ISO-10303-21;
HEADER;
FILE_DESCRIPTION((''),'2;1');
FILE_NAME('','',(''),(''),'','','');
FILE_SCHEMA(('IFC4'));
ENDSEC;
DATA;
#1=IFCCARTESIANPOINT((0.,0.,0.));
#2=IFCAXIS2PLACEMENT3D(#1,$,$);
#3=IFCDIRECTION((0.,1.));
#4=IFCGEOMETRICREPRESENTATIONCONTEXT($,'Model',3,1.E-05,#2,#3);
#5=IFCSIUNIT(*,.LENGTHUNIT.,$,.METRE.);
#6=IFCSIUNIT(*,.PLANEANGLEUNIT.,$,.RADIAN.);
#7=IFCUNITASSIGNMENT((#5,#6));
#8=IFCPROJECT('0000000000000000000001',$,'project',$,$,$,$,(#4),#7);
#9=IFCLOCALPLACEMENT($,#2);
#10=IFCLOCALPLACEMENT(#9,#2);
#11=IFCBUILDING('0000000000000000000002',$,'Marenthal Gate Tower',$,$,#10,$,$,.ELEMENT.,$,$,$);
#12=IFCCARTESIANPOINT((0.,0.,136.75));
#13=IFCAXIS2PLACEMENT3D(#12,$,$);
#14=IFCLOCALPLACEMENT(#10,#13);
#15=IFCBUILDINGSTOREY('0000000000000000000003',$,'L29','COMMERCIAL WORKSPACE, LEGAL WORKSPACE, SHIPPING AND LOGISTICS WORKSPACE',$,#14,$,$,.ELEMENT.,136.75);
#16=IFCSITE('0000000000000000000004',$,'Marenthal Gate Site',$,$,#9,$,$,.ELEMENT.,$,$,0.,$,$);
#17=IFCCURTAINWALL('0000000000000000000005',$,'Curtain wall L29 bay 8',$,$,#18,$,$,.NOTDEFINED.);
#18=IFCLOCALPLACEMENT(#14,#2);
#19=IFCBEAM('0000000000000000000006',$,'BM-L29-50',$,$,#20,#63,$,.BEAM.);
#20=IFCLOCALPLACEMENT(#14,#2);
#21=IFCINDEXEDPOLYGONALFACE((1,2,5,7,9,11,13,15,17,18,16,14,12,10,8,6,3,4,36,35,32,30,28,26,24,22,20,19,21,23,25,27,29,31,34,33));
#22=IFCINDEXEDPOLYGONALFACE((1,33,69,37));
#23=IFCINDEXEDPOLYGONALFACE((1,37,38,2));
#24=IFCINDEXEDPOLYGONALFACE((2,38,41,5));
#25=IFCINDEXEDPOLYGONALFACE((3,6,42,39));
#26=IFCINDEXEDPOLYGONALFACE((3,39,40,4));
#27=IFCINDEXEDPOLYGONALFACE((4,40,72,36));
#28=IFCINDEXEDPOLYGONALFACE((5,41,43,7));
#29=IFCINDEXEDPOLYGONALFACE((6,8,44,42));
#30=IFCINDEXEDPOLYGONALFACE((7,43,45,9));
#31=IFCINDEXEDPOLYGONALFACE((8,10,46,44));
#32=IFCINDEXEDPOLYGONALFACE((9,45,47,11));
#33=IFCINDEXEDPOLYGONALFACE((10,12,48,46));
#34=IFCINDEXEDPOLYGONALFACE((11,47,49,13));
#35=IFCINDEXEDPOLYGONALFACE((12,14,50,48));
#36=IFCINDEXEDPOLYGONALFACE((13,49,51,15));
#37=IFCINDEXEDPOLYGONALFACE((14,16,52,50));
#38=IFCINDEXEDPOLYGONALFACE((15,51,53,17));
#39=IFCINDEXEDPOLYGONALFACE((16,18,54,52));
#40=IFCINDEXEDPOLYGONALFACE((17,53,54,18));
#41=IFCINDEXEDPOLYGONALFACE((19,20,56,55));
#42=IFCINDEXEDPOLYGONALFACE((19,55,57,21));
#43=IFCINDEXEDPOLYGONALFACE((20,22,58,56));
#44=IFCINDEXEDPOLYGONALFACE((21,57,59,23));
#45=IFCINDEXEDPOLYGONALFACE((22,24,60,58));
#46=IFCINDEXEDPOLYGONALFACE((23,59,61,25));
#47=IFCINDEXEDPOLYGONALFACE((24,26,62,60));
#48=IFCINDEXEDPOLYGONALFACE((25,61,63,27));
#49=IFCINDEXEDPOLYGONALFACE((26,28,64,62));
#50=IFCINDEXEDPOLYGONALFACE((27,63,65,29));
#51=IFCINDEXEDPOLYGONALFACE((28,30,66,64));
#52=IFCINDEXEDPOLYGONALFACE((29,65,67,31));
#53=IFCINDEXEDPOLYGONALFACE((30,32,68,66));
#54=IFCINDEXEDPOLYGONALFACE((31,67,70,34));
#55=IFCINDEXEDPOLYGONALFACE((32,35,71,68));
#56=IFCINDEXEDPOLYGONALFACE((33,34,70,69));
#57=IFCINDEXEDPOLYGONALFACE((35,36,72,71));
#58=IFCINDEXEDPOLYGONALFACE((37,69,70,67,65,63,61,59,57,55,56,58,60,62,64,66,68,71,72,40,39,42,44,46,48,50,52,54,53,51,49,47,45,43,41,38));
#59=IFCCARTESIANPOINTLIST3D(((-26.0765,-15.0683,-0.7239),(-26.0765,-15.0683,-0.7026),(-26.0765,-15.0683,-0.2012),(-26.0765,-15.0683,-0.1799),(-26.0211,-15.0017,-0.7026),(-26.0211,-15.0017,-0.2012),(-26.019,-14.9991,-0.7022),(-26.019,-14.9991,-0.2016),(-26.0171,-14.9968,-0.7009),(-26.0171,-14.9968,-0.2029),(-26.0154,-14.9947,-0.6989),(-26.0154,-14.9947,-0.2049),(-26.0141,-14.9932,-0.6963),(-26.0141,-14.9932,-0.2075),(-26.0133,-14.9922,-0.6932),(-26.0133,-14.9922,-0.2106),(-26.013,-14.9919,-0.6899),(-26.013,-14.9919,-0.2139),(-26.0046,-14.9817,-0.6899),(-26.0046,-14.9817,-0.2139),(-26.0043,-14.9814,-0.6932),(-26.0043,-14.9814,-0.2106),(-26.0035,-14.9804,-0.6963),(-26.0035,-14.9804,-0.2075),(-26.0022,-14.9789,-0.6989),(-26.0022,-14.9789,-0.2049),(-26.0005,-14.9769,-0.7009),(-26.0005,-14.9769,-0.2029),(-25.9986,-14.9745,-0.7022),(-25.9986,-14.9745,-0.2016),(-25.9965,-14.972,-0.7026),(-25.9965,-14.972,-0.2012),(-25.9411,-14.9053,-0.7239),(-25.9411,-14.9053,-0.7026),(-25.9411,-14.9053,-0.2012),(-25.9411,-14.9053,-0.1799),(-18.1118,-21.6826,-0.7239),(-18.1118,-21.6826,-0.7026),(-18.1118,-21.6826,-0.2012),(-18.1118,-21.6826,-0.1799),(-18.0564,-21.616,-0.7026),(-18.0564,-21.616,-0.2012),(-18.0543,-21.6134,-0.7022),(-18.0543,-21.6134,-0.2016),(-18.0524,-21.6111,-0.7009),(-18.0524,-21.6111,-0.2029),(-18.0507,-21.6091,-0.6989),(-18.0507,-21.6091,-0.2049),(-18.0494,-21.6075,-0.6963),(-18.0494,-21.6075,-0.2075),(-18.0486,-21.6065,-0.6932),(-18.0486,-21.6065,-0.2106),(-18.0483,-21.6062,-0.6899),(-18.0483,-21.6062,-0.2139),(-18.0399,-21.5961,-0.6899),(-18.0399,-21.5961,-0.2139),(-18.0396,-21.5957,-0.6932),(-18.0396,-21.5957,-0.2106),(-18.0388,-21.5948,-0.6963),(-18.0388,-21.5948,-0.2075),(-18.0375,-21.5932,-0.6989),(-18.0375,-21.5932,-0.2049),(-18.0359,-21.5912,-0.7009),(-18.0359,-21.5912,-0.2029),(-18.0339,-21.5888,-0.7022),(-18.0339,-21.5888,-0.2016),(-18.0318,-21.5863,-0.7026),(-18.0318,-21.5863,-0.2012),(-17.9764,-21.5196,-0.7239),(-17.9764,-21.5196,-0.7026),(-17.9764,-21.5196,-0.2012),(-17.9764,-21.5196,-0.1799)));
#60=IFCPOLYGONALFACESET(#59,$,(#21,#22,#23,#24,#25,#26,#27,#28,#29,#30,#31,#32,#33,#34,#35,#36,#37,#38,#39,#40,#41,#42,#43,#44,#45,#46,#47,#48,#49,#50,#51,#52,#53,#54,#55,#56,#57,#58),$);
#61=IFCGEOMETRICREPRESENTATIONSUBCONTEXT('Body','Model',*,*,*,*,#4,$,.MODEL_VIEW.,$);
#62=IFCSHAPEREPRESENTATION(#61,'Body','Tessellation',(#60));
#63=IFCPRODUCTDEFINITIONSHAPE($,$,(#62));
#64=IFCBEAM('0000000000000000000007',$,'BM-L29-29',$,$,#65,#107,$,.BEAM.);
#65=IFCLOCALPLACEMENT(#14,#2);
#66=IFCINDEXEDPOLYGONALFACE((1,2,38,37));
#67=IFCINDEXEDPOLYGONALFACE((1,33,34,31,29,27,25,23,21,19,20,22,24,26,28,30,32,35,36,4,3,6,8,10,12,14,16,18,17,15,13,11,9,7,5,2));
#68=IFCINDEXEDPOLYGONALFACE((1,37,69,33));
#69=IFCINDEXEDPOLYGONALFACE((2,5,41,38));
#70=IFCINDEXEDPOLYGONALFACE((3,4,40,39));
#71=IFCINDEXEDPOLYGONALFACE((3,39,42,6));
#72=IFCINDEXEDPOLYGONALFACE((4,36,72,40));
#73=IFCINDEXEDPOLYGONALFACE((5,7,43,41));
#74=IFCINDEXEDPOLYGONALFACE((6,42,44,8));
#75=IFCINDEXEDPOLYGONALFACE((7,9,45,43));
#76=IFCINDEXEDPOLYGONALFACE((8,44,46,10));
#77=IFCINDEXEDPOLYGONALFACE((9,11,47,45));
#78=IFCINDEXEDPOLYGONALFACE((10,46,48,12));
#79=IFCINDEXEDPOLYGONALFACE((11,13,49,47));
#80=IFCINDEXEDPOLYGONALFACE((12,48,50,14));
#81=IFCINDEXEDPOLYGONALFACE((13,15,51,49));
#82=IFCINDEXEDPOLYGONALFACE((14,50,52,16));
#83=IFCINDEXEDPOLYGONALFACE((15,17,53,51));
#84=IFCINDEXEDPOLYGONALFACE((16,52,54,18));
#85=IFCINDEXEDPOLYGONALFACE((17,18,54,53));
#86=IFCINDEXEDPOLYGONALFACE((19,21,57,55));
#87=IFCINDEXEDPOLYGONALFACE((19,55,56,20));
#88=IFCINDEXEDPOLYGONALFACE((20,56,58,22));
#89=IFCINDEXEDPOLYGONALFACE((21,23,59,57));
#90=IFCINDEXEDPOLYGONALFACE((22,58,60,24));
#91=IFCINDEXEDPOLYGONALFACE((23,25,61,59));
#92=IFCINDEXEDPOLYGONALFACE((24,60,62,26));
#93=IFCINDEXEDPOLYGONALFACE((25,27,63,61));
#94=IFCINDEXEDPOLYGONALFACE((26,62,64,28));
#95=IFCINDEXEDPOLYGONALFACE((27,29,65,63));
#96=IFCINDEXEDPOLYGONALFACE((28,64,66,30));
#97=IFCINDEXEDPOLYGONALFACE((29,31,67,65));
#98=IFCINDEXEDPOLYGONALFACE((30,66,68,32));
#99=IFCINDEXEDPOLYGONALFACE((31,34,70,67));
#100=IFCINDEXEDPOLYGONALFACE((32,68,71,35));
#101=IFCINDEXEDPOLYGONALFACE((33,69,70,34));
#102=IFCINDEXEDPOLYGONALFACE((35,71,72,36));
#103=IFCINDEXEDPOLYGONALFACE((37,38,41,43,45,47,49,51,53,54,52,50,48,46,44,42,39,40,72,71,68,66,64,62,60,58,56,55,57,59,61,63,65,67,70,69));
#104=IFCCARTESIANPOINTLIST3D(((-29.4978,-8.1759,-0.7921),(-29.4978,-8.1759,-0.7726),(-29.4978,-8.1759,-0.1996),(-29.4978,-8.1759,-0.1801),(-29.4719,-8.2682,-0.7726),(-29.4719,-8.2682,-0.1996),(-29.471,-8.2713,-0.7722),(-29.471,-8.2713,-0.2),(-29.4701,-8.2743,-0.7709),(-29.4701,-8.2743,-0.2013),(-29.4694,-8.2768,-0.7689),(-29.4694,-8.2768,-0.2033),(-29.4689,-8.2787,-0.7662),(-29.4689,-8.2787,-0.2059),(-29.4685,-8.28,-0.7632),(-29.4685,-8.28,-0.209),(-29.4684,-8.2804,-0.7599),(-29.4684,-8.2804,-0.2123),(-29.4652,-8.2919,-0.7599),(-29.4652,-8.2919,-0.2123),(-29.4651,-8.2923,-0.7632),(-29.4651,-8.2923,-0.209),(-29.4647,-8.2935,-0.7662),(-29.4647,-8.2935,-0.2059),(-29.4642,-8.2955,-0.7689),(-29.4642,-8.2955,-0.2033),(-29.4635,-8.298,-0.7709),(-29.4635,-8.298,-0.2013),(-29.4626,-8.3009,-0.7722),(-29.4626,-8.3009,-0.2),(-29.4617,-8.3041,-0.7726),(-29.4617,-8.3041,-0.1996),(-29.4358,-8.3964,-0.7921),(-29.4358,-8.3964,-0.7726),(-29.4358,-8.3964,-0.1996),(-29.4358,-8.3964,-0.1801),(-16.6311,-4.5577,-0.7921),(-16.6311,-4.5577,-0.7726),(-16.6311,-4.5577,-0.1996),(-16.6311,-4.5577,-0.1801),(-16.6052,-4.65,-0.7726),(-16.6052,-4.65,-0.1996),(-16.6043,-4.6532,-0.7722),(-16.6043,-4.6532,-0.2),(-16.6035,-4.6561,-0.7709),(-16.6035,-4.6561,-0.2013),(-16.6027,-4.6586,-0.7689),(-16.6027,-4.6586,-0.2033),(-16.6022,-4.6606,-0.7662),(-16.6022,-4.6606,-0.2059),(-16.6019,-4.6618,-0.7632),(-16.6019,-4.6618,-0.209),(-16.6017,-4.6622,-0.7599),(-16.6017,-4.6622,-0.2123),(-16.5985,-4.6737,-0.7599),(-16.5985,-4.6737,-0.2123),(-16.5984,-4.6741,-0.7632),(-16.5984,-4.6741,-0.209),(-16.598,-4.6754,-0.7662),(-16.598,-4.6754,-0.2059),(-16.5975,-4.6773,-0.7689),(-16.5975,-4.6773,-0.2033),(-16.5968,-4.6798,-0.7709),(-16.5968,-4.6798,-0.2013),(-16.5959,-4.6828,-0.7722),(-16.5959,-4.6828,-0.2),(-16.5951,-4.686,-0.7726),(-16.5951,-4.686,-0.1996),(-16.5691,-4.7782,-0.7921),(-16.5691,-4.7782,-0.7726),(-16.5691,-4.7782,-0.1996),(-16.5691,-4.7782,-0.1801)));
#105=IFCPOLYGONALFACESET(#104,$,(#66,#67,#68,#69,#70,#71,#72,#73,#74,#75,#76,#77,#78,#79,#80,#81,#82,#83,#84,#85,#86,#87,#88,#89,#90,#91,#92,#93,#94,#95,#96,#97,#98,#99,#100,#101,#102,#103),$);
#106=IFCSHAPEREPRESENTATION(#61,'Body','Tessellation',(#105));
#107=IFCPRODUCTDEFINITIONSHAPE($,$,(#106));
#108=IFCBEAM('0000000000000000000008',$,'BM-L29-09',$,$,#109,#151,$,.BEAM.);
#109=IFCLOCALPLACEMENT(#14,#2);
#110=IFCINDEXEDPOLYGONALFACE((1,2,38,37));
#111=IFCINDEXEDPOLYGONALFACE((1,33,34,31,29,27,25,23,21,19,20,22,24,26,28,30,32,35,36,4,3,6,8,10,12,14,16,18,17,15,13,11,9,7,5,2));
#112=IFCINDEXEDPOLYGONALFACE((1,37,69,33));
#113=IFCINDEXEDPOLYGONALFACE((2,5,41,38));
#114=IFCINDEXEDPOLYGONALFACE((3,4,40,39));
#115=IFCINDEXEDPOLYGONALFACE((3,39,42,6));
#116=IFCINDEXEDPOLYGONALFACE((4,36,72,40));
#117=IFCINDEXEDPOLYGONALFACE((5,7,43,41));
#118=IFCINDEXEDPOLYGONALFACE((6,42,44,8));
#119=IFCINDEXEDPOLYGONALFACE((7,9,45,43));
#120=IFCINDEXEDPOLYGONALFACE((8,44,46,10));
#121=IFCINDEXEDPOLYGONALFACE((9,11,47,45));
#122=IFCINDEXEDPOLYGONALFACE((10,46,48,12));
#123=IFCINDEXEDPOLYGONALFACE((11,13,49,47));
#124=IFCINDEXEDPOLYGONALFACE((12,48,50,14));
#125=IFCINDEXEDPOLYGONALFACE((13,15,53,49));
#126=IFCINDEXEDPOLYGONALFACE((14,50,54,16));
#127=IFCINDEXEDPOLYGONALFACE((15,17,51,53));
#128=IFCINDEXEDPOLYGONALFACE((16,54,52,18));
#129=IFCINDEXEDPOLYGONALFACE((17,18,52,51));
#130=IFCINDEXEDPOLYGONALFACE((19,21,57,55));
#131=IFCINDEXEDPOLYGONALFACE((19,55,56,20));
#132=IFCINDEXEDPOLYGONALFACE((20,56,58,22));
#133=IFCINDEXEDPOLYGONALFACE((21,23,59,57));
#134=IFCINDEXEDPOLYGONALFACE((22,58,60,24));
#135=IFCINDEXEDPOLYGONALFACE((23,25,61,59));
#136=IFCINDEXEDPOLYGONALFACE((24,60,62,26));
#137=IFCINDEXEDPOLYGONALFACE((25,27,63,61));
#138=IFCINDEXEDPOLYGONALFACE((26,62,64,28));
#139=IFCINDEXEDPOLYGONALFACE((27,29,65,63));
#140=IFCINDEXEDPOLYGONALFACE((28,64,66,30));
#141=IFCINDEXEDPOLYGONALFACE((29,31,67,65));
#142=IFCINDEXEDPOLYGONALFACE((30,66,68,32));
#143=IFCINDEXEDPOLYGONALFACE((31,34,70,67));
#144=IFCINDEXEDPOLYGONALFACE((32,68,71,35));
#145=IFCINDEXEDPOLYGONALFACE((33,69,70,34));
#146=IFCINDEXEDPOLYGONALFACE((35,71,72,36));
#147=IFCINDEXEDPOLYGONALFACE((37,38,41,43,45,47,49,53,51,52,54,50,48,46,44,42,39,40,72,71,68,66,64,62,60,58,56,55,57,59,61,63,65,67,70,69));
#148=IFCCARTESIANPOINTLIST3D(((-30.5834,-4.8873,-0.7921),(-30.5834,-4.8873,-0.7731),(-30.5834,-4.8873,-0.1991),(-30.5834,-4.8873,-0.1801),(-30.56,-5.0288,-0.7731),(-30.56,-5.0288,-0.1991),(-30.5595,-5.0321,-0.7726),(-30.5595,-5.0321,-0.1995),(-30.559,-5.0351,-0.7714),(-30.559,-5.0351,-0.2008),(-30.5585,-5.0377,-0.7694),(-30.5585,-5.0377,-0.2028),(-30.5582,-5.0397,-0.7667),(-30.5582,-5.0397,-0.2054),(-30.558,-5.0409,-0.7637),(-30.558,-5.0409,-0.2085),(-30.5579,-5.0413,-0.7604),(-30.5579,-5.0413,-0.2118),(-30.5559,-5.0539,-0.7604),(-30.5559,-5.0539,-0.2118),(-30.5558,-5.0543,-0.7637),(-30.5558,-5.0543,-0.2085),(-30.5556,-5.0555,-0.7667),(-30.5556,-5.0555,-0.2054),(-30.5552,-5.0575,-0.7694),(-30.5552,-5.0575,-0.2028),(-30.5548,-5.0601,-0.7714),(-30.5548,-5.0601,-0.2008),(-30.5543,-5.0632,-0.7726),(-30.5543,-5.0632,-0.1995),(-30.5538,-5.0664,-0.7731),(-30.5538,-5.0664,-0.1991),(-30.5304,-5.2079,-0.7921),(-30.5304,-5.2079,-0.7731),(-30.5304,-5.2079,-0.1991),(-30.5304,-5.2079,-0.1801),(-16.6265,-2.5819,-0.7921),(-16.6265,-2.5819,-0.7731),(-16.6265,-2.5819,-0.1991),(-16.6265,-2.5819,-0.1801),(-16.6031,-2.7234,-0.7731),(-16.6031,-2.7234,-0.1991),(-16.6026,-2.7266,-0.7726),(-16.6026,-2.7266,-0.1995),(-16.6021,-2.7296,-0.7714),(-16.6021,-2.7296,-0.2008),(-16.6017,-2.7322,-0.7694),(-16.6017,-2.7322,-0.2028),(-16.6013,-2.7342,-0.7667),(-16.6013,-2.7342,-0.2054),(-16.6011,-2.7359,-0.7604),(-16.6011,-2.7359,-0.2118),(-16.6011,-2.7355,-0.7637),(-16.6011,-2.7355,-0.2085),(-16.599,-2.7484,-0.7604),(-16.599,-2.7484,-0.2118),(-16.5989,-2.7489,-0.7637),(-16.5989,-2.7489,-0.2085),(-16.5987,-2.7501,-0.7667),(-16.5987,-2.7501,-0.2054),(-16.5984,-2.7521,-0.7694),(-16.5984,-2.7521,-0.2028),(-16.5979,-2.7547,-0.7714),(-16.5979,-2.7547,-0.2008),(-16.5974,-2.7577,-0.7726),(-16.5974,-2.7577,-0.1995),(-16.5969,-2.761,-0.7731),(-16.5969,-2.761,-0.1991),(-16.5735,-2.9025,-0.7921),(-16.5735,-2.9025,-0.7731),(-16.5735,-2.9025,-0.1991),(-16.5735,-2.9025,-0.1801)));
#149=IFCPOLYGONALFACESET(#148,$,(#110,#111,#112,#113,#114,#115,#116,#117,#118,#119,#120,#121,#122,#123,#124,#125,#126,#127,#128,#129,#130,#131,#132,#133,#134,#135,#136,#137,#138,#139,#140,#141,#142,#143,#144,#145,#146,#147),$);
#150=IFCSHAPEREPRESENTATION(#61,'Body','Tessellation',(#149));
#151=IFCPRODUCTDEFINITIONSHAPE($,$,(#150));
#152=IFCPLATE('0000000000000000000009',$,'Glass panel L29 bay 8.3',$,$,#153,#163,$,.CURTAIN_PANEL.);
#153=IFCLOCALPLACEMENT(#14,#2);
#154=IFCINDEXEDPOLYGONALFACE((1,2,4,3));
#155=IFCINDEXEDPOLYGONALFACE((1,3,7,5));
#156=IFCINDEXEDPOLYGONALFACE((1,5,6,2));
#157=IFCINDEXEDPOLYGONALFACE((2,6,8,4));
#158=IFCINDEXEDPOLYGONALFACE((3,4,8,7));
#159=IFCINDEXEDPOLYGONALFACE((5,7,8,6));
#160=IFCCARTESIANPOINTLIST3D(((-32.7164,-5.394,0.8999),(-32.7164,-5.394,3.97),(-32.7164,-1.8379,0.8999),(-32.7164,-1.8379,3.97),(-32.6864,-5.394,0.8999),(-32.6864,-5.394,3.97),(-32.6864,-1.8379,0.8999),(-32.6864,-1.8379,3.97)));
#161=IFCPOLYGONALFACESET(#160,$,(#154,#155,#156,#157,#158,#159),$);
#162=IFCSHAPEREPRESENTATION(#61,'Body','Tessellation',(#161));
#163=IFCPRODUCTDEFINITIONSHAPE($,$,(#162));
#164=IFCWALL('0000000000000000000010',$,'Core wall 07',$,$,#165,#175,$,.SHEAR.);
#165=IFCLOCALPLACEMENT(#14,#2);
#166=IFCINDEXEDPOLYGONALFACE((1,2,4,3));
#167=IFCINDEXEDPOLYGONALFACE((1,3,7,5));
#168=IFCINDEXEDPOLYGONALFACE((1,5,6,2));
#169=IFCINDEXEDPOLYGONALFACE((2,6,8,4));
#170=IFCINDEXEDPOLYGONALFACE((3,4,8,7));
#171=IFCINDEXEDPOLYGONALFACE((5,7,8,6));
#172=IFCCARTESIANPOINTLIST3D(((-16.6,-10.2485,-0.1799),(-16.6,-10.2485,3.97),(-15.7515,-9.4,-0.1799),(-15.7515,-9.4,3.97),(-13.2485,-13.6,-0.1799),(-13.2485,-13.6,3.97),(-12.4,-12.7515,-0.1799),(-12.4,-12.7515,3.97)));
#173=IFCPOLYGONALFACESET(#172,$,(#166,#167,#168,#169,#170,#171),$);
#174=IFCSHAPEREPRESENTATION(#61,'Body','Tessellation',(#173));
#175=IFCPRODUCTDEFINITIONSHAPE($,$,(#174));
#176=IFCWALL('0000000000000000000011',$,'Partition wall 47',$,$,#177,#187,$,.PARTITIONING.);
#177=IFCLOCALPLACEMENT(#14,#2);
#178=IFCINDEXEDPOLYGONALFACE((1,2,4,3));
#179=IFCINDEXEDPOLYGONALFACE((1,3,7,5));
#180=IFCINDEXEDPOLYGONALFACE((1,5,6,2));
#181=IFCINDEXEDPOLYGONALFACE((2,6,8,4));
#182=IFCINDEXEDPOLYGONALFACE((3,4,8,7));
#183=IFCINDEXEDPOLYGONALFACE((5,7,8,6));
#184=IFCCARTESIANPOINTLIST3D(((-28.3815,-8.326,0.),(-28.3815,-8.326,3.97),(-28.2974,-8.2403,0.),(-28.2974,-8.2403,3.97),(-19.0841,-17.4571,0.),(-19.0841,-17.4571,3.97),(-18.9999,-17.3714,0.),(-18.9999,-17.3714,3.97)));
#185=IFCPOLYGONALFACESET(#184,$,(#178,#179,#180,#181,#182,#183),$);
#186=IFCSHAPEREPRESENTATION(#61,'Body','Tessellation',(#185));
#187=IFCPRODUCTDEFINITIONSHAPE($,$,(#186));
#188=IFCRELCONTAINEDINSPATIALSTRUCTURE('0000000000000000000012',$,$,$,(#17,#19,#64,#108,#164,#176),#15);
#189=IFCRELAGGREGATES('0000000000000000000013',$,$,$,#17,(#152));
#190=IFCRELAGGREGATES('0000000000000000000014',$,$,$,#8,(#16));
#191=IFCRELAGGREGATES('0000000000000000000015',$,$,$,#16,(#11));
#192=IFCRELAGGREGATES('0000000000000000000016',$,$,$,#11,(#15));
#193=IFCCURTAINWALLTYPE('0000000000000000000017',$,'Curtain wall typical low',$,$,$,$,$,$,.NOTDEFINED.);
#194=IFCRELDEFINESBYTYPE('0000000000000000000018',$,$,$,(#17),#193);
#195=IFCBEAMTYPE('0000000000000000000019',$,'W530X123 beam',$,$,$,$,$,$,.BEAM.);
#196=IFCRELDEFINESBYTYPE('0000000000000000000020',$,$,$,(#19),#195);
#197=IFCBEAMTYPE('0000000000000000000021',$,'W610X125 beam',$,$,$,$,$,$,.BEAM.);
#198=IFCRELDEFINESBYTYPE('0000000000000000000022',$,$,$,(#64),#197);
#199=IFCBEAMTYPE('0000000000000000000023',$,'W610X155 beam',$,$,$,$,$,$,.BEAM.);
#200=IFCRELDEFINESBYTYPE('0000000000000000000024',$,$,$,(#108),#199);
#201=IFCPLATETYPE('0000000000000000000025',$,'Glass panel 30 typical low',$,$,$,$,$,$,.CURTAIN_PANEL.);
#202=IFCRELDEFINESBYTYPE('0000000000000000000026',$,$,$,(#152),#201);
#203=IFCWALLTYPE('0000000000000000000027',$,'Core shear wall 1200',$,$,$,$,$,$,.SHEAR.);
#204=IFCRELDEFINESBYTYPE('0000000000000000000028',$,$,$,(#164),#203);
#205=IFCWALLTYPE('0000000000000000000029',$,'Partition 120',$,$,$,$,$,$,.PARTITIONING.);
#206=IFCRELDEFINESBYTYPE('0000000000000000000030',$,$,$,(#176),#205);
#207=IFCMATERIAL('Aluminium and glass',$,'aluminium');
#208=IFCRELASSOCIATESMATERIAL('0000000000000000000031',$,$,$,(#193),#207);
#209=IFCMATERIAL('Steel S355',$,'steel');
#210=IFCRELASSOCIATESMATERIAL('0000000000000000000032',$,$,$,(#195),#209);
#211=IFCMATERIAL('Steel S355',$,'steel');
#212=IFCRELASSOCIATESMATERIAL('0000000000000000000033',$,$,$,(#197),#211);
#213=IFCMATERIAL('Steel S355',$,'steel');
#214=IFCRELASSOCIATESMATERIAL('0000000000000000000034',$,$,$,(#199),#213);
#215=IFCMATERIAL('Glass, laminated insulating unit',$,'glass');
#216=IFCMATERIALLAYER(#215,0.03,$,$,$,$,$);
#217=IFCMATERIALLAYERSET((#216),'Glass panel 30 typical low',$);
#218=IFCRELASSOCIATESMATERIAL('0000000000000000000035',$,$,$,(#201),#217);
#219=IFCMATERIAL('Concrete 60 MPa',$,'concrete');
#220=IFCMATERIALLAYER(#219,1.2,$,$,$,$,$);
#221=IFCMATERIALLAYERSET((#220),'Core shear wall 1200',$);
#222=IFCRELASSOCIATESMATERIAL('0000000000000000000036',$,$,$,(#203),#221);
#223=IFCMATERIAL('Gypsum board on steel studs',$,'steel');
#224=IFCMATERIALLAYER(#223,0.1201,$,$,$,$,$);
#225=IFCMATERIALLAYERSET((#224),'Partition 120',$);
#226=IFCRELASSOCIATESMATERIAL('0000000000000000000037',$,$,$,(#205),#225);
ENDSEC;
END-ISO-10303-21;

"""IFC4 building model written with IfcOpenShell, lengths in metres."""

from ifc_helpers import new_model, si_unit, direction, frame, frame_2d, origin, origin_2d, place, context, subcontext, project, spatial, rectangle, i_section, extrude, material, layer, layer_set, material_profile, profile_set, type_object, element, aggregate, save


model = new_model("IFC4")

# Units and contexts
model_context = context("Model", 3, precision=1e-05, world=origin(), true_north=direction((0.0, 1.0)))
body_context = subcontext(model_context, "Body", "Model", "MODEL_VIEW")
ifc_project = project(units=[si_unit("LENGTHUNIT", "METRE"), si_unit("PLANEANGLEUNIT", "RADIAN")], contexts=[model_context])

# Site, building, storey
site_placement = place(None, origin())
site = spatial("IfcSite", under=ifc_project, at=site_placement, Name="Marenthal Gate Site", CompositionType="ELEMENT", RefElevation=0.0)
building_placement = place(site_placement, origin())
building = spatial("IfcBuilding", under=site, at=building_placement, Name="Marenthal Gate Tower", CompositionType="ELEMENT")
storey_placement = place(building_placement, frame((0.0, 0.0, 136.75)))
storey = spatial("IfcBuildingStorey", under=building, at=storey_placement, Name="L29", Description="COMMERCIAL WORKSPACE, LEGAL WORKSPACE, SHIPPING AND LOGISTICS WORKSPACE", CompositionType="ELEMENT", Elevation=136.75)

# Curtain wall
ifc_material_1 = material(Name="Aluminium and glass", Category="aluminium")
curtain_wall_type = type_object("IfcCurtainWallType", Name="Curtain wall typical low", PredefinedType="NOTDEFINED", material=ifc_material_1)
curtain_wall_placement = place(storey_placement, origin())
curtain_wall = element("IfcCurtainWall", 1, at=curtain_wall_placement, inside=storey, type_object=curtain_wall_type, Name="Curtain wall L29 bay 8", PredefinedType="NOTDEFINED")

# Beams
ifc_material_2 = material(Name="Steel S355", Category="steel")
ifc_material_profile_1 = material_profile(ifc_material_2, i_section(OverallWidth=0.2119, OverallDepth=0.5439, WebThickness=0.0132, FlangeThickness=0.0212, FilletRadius=0.0127, at=origin_2d()), Name="W530X123")
ifc_profile_set_1 = profile_set([ifc_material_profile_1], Name="Steel S355")
beam_type_1 = type_object("IfcBeamType", Name="W530X123 beam", PredefinedType="BEAM", material=ifc_profile_set_1)
beam_1_placement = place(storey_placement, frame((-26.0088, -14.9868, -0.4519), z_axis=(0.769308, -0.638878, 0.0), x_axis=(0.638878, 0.769308, 0.0)))
element("IfcBeam", 2, at=beam_1_placement, inside=storey, type_object=beam_type_1, Name="BM-L29-50", PredefinedType="BEAM", context=body_context, shape_type="SweptSolid", body=[
    extrude(i_section(OverallWidth=0.2119, OverallDepth=0.5439, WebThickness=0.0132, FlangeThickness=0.0212, FilletRadius=0.0127, at=origin_2d()), origin(), (0.0, 0.0, 1.0), 10.353),
])
ifc_material_3 = material(Name="Steel S355", Category="steel")
ifc_material_profile_2 = material_profile(ifc_material_3, i_section(OverallWidth=0.229, OverallDepth=0.6121, WebThickness=0.012, FlangeThickness=0.0195, FilletRadius=0.0127, at=origin_2d()), Name="W610X125")
ifc_profile_set_2 = profile_set([ifc_material_profile_2], Name="Steel S355")
beam_type_2 = type_object("IfcBeamType", Name="W610X125 beam", PredefinedType="BEAM", material=ifc_profile_set_2)
beam_2_placement = place(storey_placement, frame((-29.4668, -8.2861, -0.4861), z_axis=(0.962663, 0.270704, 0.0), x_axis=(-0.270704, 0.962663, 0.0)))
element("IfcBeam", 3, at=beam_2_placement, inside=storey, type_object=beam_type_2, Name="BM-L29-29", PredefinedType="BEAM", context=body_context, shape_type="SweptSolid", body=[
    extrude(i_section(OverallWidth=0.229, OverallDepth=0.6121, WebThickness=0.012, FlangeThickness=0.0195, FilletRadius=0.0127, at=origin_2d()), origin(), (0.0, 0.0, 1.0), 13.3657),
])
ifc_material_4 = material(Name="Steel S355", Category="steel")
ifc_material_profile_3 = material_profile(ifc_material_4, i_section(OverallWidth=0.325, OverallDepth=0.6121, WebThickness=0.0127, FlangeThickness=0.019, FilletRadius=0.0127, at=origin_2d()), Name="W610X155")
ifc_profile_set_3 = profile_set([ifc_material_profile_3], Name="Steel S355")
beam_type_3 = type_object("IfcBeamType", Name="W610X155 beam", PredefinedType="BEAM", material=ifc_profile_set_3)
beam_3_placement = place(storey_placement, frame((-30.5569, -5.0476, -0.4861), z_axis=(0.98663, 0.162974, 0.0), x_axis=(-0.162974, 0.98663, 0.0)))
element("IfcBeam", 4, at=beam_3_placement, inside=storey, type_object=beam_type_3, Name="BM-L29-09", PredefinedType="BEAM", context=body_context, shape_type="SweptSolid", body=[
    extrude(i_section(OverallWidth=0.325, OverallDepth=0.6121, WebThickness=0.0127, FlangeThickness=0.019, FilletRadius=0.0127, at=origin_2d()), origin(), (0.0, 0.0, 1.0), 14.146),
])

# Plate
ifc_material_5 = material(Name="Glass, laminated insulating unit", Category="glass")
ifc_layer_1 = layer(ifc_material_5, 0.03)
ifc_layer_set_1 = layer_set([ifc_layer_1], Name="Glass panel 30 typical low")
plate_type = type_object("IfcPlateType", Name="Glass panel 30 typical low", PredefinedType="CURTAIN_PANEL", material=ifc_layer_set_1)
plate_placement = place(storey_placement, frame((-32.7014, -3.616, 0.8999), z_axis=(0.0, 0.0, 1.0), x_axis=(0.0, -1.0, 0.0)))
plate = element("IfcPlate", 5, at=plate_placement, type_object=plate_type, Name="Glass panel L29 bay 8.3", PredefinedType="CURTAIN_PANEL", context=body_context, shape_type="SweptSolid", body=[
    extrude(rectangle(XDim=3.5562, YDim=0.03, at=origin_2d()), origin(), (0.0, 0.0, 1.0), 3.0701),
])
aggregate(curtain_wall, [plate])

# Walls
ifc_material_6 = material(Name="Concrete 60 MPa", Category="concrete")
ifc_layer_2 = layer(ifc_material_6, 1.2)
ifc_layer_set_2 = layer_set([ifc_layer_2], Name="Core shear wall 1200")
wall_type_1 = type_object("IfcWallType", Name="Core shear wall 1200", PredefinedType="SHEAR", material=ifc_layer_set_2)
wall_1_placement = place(storey_placement, frame((-16.1758, -9.8242, -0.1799), z_axis=(0.0, 0.0, 1.0), x_axis=(0.707107, -0.707107, 0.0)))
element("IfcWall", 6, at=wall_1_placement, inside=storey, type_object=wall_type_1, Name="Core wall 07", PredefinedType="SHEAR", context=body_context, shape_type="SweptSolid", body=[
    extrude(rectangle(XDim=4.7397, YDim=1.2, at=frame_2d((2.3699, 0.0))), origin(), (0.0, 0.0, 1.0), 4.1499),
])
ifc_material_7 = material(Name="Gypsum board on steel studs", Category="steel")
ifc_layer_3 = layer(ifc_material_7, 0.1201)
ifc_layer_set_3 = layer_set([ifc_layer_3], Name="Partition 120")
wall_type_2 = type_object("IfcWallType", Name="Partition 120", PredefinedType="PARTITIONING", material=ifc_layer_set_3)
wall_2_placement = place(storey_placement, frame((-28.3394, -8.2832, 0.0), z_axis=(0.0, 0.0, 1.0), x_axis=(0.713457, -0.700699, 0.0)))
element("IfcWall", 7, at=wall_2_placement, inside=storey, type_object=wall_type_2, Name="Partition wall 47", PredefinedType="PARTITIONING", context=body_context, shape_type="SweptSolid", body=[
    extrude(rectangle(XDim=13.0315, YDim=0.1201, at=frame_2d((6.5156, 0.0))), origin(), (0.0, 0.0, 1.0), 3.97),
])

save(model, "model.ifc")
